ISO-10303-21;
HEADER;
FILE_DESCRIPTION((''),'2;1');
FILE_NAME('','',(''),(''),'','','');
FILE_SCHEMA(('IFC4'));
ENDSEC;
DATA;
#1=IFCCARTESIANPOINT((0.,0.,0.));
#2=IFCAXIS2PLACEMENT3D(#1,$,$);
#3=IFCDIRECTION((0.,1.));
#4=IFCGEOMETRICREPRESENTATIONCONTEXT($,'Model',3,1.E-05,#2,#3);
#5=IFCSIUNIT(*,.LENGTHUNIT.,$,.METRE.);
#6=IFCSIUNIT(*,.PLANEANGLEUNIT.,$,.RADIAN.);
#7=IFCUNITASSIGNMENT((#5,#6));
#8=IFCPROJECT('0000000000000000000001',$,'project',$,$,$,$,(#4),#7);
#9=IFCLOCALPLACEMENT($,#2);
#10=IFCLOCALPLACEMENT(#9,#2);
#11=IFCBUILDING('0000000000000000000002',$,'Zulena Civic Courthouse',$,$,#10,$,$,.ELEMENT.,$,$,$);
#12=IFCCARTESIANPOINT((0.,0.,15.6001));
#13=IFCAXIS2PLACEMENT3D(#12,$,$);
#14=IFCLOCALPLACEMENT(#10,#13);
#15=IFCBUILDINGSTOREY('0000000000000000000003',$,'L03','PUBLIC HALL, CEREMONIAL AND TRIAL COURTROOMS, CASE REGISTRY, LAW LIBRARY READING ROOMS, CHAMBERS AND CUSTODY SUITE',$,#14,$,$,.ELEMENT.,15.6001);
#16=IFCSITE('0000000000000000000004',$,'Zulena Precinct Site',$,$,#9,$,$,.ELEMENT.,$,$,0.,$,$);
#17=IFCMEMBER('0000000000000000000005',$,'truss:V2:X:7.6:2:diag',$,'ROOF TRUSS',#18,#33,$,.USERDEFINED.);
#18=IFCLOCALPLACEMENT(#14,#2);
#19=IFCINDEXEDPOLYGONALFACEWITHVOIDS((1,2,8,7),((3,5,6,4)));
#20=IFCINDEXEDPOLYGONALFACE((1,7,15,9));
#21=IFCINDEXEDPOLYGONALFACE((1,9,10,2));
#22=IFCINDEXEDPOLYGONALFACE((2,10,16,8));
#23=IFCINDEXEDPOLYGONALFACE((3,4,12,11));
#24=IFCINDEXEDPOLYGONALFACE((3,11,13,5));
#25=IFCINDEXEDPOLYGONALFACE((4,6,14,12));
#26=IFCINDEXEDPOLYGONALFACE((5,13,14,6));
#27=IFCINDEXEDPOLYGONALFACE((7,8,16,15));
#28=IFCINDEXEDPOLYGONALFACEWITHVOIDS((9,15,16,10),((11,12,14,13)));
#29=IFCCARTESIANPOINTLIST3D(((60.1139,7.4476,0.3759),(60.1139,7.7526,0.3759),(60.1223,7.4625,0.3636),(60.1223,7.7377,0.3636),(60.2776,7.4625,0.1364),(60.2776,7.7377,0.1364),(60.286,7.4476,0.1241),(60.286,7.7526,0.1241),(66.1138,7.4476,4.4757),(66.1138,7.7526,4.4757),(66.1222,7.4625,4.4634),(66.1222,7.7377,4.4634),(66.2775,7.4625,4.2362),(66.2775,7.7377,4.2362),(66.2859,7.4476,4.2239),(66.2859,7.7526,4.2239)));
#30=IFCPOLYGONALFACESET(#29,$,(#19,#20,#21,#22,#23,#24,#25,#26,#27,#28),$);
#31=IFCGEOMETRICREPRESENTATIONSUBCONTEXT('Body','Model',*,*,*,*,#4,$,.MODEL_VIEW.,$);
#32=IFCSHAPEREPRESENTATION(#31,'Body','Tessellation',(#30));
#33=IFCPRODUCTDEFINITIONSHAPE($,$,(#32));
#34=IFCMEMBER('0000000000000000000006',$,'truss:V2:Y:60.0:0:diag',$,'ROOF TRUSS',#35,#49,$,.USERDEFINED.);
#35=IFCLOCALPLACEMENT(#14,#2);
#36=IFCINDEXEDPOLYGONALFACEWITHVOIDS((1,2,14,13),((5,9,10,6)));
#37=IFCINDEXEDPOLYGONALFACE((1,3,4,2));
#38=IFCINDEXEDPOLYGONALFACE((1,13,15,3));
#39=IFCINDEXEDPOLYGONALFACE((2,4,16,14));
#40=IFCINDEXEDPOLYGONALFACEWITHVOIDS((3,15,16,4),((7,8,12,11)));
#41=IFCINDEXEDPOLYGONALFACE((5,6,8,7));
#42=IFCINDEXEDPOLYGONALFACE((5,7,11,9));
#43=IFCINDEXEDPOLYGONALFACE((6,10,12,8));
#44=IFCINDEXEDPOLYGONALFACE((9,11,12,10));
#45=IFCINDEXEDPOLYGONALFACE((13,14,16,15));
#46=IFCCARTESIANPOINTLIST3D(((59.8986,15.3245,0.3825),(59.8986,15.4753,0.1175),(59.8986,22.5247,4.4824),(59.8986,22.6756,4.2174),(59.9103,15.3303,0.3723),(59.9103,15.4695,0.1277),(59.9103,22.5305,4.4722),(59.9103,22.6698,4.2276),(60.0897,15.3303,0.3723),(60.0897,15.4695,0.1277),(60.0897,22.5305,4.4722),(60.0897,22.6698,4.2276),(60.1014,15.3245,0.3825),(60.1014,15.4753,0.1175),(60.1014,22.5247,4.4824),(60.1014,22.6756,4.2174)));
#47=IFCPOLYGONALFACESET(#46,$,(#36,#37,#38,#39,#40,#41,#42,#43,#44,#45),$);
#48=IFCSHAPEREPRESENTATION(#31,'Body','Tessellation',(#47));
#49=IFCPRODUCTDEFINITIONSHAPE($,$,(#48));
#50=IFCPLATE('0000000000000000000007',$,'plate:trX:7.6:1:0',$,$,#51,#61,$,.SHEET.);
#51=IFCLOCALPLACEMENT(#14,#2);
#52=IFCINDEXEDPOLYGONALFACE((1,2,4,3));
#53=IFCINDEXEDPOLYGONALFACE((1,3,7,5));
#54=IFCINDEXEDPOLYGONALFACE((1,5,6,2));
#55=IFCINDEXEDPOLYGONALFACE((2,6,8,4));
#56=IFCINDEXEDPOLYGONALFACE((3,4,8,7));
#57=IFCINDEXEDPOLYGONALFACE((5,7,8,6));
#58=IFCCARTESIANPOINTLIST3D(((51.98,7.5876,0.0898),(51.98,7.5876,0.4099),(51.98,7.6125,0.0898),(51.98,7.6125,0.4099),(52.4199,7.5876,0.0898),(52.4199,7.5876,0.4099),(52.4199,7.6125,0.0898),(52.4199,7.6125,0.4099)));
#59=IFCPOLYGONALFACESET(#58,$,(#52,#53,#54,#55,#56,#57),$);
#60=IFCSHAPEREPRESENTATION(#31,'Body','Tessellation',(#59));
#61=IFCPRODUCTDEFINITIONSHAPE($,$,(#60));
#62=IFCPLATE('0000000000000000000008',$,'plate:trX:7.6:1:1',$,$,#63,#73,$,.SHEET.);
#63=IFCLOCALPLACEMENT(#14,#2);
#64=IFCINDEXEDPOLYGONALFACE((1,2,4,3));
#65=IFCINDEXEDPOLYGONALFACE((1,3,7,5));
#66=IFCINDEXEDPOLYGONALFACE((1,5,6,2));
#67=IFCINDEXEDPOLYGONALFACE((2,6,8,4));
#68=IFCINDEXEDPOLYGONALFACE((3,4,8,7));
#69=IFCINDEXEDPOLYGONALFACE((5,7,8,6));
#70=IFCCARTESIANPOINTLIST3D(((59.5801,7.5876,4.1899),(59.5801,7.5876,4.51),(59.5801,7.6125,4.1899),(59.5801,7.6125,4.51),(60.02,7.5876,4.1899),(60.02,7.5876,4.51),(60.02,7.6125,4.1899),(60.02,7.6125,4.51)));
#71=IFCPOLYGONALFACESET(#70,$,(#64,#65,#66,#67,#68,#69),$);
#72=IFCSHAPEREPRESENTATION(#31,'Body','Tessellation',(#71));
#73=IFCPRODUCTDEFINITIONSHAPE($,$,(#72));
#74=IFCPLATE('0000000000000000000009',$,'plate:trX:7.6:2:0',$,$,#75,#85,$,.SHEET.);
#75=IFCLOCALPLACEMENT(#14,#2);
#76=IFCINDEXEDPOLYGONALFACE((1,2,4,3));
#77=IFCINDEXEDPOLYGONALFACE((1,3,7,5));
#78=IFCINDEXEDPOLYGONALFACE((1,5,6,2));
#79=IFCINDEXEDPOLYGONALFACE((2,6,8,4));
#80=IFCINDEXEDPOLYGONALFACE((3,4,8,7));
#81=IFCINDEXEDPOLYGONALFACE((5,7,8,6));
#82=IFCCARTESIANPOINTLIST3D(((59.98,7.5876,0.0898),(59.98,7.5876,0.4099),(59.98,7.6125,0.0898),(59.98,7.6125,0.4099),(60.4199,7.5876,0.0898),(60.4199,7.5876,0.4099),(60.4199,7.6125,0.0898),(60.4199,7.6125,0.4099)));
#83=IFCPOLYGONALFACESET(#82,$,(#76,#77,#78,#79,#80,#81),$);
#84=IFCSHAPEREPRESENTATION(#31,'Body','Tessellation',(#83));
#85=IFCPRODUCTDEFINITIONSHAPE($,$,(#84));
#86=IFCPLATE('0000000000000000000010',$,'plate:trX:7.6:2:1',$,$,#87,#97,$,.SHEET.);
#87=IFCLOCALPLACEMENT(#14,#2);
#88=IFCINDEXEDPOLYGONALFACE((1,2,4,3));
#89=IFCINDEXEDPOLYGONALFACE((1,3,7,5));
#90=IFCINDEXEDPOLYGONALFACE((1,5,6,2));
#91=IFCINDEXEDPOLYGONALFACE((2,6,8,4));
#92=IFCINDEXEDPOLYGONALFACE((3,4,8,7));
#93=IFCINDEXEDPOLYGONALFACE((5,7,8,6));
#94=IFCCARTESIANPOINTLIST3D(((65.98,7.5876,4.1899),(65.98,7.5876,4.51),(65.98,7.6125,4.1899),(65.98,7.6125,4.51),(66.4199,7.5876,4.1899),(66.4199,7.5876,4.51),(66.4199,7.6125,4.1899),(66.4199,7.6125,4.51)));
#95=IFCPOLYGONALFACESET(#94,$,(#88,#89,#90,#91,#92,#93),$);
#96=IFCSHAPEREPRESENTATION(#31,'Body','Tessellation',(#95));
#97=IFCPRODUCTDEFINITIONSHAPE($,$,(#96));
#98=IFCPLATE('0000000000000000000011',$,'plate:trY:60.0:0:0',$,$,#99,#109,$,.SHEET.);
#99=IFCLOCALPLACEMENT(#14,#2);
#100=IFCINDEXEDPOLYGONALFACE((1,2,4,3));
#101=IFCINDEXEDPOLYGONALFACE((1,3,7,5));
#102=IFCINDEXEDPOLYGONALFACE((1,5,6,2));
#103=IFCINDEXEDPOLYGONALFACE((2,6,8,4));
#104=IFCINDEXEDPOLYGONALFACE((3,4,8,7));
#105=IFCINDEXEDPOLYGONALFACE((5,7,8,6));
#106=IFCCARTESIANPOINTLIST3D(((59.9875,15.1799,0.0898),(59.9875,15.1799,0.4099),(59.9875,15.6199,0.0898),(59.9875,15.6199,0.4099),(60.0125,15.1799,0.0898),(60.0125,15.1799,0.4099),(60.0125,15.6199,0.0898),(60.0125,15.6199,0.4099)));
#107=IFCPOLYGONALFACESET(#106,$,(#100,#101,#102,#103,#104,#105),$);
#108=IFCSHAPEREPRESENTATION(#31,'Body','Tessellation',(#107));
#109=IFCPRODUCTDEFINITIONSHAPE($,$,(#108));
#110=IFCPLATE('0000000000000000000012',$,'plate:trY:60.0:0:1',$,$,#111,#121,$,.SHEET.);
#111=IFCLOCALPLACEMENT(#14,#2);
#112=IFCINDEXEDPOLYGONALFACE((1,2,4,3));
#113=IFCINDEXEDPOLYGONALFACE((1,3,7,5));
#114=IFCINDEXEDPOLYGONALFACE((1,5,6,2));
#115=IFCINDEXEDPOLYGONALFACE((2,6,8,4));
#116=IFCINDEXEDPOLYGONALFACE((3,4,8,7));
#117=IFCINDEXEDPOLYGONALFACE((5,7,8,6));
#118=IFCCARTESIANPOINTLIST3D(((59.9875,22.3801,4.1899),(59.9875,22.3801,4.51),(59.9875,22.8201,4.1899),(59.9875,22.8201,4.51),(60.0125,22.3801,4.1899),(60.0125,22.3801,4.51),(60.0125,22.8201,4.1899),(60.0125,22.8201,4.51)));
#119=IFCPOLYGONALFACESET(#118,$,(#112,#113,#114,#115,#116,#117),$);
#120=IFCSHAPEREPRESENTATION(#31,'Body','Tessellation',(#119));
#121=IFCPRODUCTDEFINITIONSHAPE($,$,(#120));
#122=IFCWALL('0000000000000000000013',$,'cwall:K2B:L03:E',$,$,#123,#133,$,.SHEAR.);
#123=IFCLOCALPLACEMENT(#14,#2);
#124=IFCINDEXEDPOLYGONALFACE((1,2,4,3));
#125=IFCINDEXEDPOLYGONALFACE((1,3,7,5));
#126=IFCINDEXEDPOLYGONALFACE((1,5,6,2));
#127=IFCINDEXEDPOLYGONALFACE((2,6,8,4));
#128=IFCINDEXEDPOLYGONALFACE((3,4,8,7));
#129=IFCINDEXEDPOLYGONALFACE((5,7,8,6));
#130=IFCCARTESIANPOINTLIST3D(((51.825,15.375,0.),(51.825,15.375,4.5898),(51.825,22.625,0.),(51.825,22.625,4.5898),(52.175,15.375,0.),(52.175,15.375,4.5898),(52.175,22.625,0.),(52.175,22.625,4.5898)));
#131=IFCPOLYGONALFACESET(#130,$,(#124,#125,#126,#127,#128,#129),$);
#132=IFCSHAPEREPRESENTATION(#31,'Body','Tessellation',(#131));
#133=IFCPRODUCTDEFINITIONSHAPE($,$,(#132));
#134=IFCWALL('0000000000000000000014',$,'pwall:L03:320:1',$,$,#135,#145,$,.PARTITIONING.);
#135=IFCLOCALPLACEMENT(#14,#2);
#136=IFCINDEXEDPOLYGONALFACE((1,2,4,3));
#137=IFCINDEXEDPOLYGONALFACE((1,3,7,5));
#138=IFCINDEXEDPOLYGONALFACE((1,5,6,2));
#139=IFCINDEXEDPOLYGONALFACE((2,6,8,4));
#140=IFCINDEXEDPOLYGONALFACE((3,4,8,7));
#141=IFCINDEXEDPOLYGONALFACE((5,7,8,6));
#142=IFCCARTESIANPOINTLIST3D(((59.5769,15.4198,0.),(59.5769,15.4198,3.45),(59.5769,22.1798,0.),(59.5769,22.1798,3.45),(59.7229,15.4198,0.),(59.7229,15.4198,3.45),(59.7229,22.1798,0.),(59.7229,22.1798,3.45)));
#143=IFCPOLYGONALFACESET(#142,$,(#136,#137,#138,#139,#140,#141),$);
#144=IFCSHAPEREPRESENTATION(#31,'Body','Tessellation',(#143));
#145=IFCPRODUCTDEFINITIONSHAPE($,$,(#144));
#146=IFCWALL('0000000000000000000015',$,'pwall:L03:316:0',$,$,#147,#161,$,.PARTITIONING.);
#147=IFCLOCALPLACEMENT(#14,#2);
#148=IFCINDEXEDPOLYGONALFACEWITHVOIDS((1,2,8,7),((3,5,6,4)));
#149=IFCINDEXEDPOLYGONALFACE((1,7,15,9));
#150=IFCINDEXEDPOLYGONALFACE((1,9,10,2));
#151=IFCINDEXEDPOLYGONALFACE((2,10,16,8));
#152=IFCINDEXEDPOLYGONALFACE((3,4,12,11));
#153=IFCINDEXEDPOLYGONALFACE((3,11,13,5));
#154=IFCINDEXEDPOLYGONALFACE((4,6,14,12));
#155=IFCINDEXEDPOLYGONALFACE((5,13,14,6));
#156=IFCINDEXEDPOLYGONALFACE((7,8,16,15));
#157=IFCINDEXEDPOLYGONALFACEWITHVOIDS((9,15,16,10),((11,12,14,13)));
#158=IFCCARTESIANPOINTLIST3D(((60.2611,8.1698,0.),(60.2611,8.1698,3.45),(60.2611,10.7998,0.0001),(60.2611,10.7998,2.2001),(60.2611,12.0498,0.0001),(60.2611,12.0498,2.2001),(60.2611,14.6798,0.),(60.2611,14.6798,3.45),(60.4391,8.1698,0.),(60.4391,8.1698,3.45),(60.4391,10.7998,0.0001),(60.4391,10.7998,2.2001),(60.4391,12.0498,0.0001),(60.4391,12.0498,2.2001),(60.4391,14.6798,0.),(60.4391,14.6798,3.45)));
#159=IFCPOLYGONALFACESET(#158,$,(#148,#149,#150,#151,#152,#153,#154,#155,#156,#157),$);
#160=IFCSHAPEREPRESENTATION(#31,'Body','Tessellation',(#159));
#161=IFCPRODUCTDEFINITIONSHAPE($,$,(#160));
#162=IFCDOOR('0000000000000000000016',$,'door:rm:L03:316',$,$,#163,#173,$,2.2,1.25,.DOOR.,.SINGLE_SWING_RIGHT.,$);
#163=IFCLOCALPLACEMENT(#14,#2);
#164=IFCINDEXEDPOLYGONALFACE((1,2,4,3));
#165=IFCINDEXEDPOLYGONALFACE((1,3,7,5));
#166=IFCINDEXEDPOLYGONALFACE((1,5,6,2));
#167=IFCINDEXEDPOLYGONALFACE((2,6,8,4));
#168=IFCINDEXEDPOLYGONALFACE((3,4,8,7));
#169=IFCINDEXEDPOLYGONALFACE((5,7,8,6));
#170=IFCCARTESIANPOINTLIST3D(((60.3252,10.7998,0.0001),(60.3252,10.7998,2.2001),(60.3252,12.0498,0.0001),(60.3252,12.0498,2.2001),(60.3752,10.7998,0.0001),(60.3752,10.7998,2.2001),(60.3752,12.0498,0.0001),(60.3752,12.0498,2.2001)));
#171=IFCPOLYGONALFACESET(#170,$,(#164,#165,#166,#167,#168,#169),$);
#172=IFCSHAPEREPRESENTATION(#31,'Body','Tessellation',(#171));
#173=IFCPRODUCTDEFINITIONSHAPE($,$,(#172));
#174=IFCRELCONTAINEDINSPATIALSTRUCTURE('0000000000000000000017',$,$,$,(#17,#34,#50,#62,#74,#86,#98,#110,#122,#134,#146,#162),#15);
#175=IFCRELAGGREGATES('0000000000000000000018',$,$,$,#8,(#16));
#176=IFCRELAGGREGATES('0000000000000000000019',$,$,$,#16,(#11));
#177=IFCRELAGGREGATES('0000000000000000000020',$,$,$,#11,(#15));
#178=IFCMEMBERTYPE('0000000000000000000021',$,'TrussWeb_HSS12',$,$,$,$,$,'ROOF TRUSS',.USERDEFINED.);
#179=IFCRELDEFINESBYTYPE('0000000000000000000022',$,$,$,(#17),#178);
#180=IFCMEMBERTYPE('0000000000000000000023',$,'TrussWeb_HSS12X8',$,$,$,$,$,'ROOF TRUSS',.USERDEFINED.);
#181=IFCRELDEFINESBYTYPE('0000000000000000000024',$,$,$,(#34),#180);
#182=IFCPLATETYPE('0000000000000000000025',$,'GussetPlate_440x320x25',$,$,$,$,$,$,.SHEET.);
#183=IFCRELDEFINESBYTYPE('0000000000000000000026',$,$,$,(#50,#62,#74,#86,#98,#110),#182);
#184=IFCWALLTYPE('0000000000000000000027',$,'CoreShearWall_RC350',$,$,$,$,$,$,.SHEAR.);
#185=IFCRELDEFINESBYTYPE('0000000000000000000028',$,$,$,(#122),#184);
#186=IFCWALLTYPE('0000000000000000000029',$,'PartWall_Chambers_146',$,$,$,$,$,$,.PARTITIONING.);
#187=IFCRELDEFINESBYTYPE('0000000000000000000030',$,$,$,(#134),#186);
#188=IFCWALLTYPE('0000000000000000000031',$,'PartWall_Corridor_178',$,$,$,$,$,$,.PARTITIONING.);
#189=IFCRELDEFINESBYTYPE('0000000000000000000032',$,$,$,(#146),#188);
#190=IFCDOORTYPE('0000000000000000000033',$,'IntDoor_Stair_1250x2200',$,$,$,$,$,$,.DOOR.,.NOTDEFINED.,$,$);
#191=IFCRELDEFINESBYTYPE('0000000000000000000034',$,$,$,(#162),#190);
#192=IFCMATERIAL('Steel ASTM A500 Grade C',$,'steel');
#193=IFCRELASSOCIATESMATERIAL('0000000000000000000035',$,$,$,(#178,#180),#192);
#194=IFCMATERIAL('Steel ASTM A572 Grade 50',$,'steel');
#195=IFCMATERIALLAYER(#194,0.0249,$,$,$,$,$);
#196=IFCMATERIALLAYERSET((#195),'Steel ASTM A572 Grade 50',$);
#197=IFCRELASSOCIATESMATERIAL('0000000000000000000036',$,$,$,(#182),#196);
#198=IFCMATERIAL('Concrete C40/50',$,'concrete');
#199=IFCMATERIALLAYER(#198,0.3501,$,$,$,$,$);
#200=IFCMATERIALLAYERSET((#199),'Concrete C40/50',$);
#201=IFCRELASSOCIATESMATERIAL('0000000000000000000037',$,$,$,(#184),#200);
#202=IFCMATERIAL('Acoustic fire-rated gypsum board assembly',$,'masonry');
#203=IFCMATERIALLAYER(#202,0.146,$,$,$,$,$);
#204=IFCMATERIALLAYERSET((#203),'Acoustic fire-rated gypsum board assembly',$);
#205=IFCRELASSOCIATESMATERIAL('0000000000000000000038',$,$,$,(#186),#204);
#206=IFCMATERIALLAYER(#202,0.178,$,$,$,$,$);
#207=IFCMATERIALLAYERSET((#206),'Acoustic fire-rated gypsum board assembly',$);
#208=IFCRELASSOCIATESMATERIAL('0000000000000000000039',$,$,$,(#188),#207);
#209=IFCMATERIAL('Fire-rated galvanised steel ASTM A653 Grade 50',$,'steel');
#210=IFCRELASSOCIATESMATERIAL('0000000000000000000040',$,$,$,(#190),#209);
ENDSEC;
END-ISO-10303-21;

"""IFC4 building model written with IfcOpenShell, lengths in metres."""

from ifc_helpers import new_model, si_unit, direction, frame, frame_2d, origin, origin_2d, place, context, subcontext, project, spatial, rectangle, hollow_rectangle, extrude, material, layer, layer_set, material_profile, profile_set, type_object, element, fill, save


model = new_model("IFC4")

# Units and contexts
model_context = context("Model", 3, precision=1e-05, world=origin(), true_north=direction((0.0, 1.0)))
body_context = subcontext(model_context, "Body", "Model", "MODEL_VIEW")
ifc_project = project(units=[si_unit("LENGTHUNIT", "METRE"), si_unit("PLANEANGLEUNIT", "RADIAN")], contexts=[model_context])

# Site, building, storey
site_placement = place(None, origin())
site = spatial("IfcSite", under=ifc_project, at=site_placement, Name="Zulena Precinct Site", CompositionType="ELEMENT", RefElevation=0.0)
building_placement = place(site_placement, origin())
building = spatial("IfcBuilding", under=site, at=building_placement, Name="Zulena Civic Courthouse", CompositionType="ELEMENT")
storey_placement = place(building_placement, frame((0.0, 0.0, 15.6001)))
storey = spatial("IfcBuildingStorey", under=building, at=storey_placement, Name="L03", Description="PUBLIC HALL, CEREMONIAL AND TRIAL COURTROOMS, CASE REGISTRY, LAW LIBRARY READING ROOMS, CHAMBERS AND CUSTODY SUITE", CompositionType="ELEMENT", Elevation=15.6001)

# Members
ifc_material_1 = material(Name="Steel ASTM A500 Grade C", Category="steel")
ifc_material_profile_1 = material_profile(ifc_material_1, hollow_rectangle(XDim=0.3049, YDim=0.3049, WallThickness=0.0149, at=origin_2d()), Name="HSS12X12X5/8")
ifc_profile_set_1 = profile_set([ifc_material_profile_1], Name="Steel ASTM A500 Grade C")
member_type_1 = type_object("IfcMemberType", Name="TrussWeb_HSS12", ElementType="ROOF TRUSS", PredefinedType="USERDEFINED", material=ifc_profile_set_1)
member_1_placement = place(storey_placement, frame((60.2, 7.6001, 0.25), z_axis=(0.825654, 0.0, 0.564177), x_axis=(0.0, 1.0, 0.0)))
element("IfcMember", 1, at=member_1_placement, inside=storey, type_object=member_type_1, Name="truss:V2:X:7.6:2:diag", ObjectType="ROOF TRUSS", PredefinedType="USERDEFINED", context=body_context, shape_type="SweptSolid", body=[
    extrude(hollow_rectangle(XDim=0.3049, YDim=0.3049, WallThickness=0.0149, at=origin_2d()), origin(), (0.0, 0.0, 1.0), 7.2668),
])
ifc_material_profile_2 = material_profile(ifc_material_1, hollow_rectangle(XDim=0.2029, YDim=0.3049, WallThickness=0.0117, at=origin_2d()), Name="HSS12X8X1/2")
ifc_profile_set_2 = profile_set([ifc_material_profile_2], Name="Steel ASTM A500 Grade C")
member_type_2 = type_object("IfcMemberType", Name="TrussWeb_HSS12X8", ElementType="ROOF TRUSS", PredefinedType="USERDEFINED", material=ifc_profile_set_2)
member_2_placement = place(storey_placement, frame((60.0, 15.3999, 0.25), z_axis=(0.0, 0.868998, 0.494815), x_axis=(-1.0, 0.0, 0.0)))
element("IfcMember", 2, at=member_2_placement, inside=storey, type_object=member_type_2, Name="truss:V2:Y:60.0:0:diag", ObjectType="ROOF TRUSS", PredefinedType="USERDEFINED", context=body_context, shape_type="SweptSolid", body=[
    extrude(hollow_rectangle(XDim=0.2029, YDim=0.3049, WallThickness=0.0117, at=origin_2d()), origin(), (0.0, 0.0, 1.0), 8.2856),
])

# Plates
ifc_material_2 = material(Name="Steel ASTM A572 Grade 50", Category="steel")
ifc_layer_1 = layer(ifc_material_2, 0.0249)
ifc_layer_set_1 = layer_set([ifc_layer_1], Name="Steel ASTM A572 Grade 50")
plate_type = type_object("IfcPlateType", Name="GussetPlate_440x320x25", PredefinedType="SHEET", material=ifc_layer_set_1)
for number, where, z_axis, x_axis, name in (
    (3, (52.2, 7.6001, 0.0898), (0.0, 0.0, 1.0), (1.0, 0.0, 0.0), "plate:trX:7.6:1:0"),
    (4, (59.8, 7.6001, 4.1899), (0.0, 0.0, 1.0), (1.0, 0.0, 0.0), "plate:trX:7.6:1:1"),
    (5, (60.2, 7.6001, 0.0898), (0.0, 0.0, 1.0), (1.0, 0.0, 0.0), "plate:trX:7.6:2:0"),
    (6, (66.2, 7.6001, 4.1899), (0.0, 0.0, 1.0), (1.0, 0.0, 0.0), "plate:trX:7.6:2:1"),
):
    element("IfcPlate", number, at=place(storey_placement, frame(where, z_axis=z_axis, x_axis=x_axis)), inside=storey, type_object=plate_type, Name=name, PredefinedType="SHEET", context=body_context, shape_type="SweptSolid", body=[
        extrude(rectangle(XDim=0.4399, YDim=0.0249, at=origin_2d()), origin(), (0.0, 0.0, 1.0), 0.3201),
    ])
for number, where, z_axis, x_axis, name in (
    (7, (60.0, 15.3999, 0.0898), (0.0, 0.0, 1.0), (1.0, 0.0, 0.0), "plate:trY:60.0:0:0"),
    (8, (60.0, 22.6001, 4.1899), (0.0, 0.0, 1.0), (1.0, 0.0, 0.0), "plate:trY:60.0:0:1"),
):
    element("IfcPlate", number, at=place(storey_placement, frame(where, z_axis=z_axis, x_axis=x_axis)), inside=storey, type_object=plate_type, Name=name, PredefinedType="SHEET", context=body_context, shape_type="SweptSolid", body=[
        extrude(rectangle(XDim=0.0249, YDim=0.4399, at=origin_2d()), origin(), (0.0, 0.0, 1.0), 0.3201),
    ])

# Wall
ifc_material_3 = material(Name="Concrete C40/50", Category="concrete")
ifc_layer_2 = layer(ifc_material_3, 0.3501)
ifc_layer_set_2 = layer_set([ifc_layer_2], Name="Concrete C40/50")
wall_type_1 = type_object("IfcWallType", Name="CoreShearWall_RC350", PredefinedType="SHEAR", material=ifc_layer_set_2)
wall_1_placement = place(storey_placement, frame((52.0, 15.375, 0.0), z_axis=(0.0, 0.0, 1.0), x_axis=(0.0, 1.0, 0.0)))
element("IfcWall", 9, at=wall_1_placement, inside=storey, type_object=wall_type_1, Name="cwall:K2B:L03:E", PredefinedType="SHEAR", context=body_context, shape_type="SweptSolid", body=[
    extrude(rectangle(XDim=7.25, YDim=0.3501, at=frame_2d((3.625, 0.0))), origin(), (0.0, 0.0, 1.0), 4.5898),
])

# Shared definitions
ifc_material_4 = material(Name="Acoustic fire-rated gypsum board assembly", Category="masonry")
ifc_layer_3 = layer(ifc_material_4, 0.146)
ifc_layer_set_3 = layer_set([ifc_layer_3], Name="Acoustic fire-rated gypsum board assembly")
wall_type_2 = type_object("IfcWallType", Name="PartWall_Chambers_146", PredefinedType="PARTITIONING", material=ifc_layer_set_3)
ifc_material_5 = material(Name="Fire-rated galvanised steel ASTM A653 Grade 50", Category="steel")

# Wall
wall_2_placement = place(storey_placement, frame((59.6499, 15.4199, 0.0), z_axis=(0.0, 0.0, 1.0), x_axis=(0.0, 1.0, 0.0)))
element("IfcWall", 10, at=wall_2_placement, inside=storey, type_object=wall_type_2, Name="pwall:L03:320:1", PredefinedType="PARTITIONING", context=body_context, shape_type="SweptSolid", body=[
    extrude(rectangle(XDim=6.76, YDim=0.146, at=frame_2d((3.3799, 0.0))), origin(), (0.0, 0.0, 1.0), 3.45),
])

# Wall, opening, door
ifc_layer_4 = layer(ifc_material_4, 0.178)
ifc_layer_set_4 = layer_set([ifc_layer_4], Name="Acoustic fire-rated gypsum board assembly")
wall_type_3 = type_object("IfcWallType", Name="PartWall_Corridor_178", PredefinedType="PARTITIONING", material=ifc_layer_set_4)
wall_3_placement = place(storey_placement, frame((60.3501, 8.1699, 0.0), z_axis=(0.0, 0.0, 1.0), x_axis=(0.0, 1.0, 0.0)))
wall_3 = element("IfcWall", 11, at=wall_3_placement, inside=storey, type_object=wall_type_3, Name="pwall:L03:316:0", PredefinedType="PARTITIONING", context=body_context, shape_type="SweptSolid", body=[
    extrude(rectangle(XDim=6.51, YDim=0.178, at=frame_2d((3.2549, 0.0))), origin(), (0.0, 0.0, 1.0), 3.45),
])
opening_1_placement = place(wall_3_placement, frame((2.6299, 0.0, 0.0)))
opening_1 = element("IfcOpeningElement", 12, at=opening_1_placement, cuts=wall_3, PredefinedType="OPENING", context=body_context, shape_type="SweptSolid", body=[
    extrude(rectangle(XDim=1.25, YDim=2.2, at=frame_2d((0.625, 1.1001))), frame((0.0, 0.0989, 0.0), z_axis=(0.0, -1.0, 0.0), x_axis=(1.0, 0.0, 0.0)), (0.0, 0.0, 1.0), 0.198),
])
door_type_1 = type_object("IfcDoorType", Name="IntDoor_Stair_1250x2200", OperationType="NOTDEFINED", PredefinedType="DOOR", material=ifc_material_5)
door_1_placement = place(opening_1_placement, origin())
door_1 = element("IfcDoor", 13, at=door_1_placement, inside=storey, type_object=door_type_1, Name="door:rm:L03:316", OperationType="SINGLE_SWING_RIGHT", OverallHeight=2.2, OverallWidth=1.25, PredefinedType="DOOR", context=body_context, shape_type="SweptSolid", body=[
    extrude(rectangle(XDim=1.25, YDim=2.2, at=frame_2d((0.625, 1.1001))), frame((0.0, 0.0249, 0.0), z_axis=(0.0, -1.0, 0.0), x_axis=(1.0, 0.0, 0.0)), (0.0, 0.0, 1.0), 0.05),
])
fill(opening_1, door_1)

save(model, "model.ifc")
